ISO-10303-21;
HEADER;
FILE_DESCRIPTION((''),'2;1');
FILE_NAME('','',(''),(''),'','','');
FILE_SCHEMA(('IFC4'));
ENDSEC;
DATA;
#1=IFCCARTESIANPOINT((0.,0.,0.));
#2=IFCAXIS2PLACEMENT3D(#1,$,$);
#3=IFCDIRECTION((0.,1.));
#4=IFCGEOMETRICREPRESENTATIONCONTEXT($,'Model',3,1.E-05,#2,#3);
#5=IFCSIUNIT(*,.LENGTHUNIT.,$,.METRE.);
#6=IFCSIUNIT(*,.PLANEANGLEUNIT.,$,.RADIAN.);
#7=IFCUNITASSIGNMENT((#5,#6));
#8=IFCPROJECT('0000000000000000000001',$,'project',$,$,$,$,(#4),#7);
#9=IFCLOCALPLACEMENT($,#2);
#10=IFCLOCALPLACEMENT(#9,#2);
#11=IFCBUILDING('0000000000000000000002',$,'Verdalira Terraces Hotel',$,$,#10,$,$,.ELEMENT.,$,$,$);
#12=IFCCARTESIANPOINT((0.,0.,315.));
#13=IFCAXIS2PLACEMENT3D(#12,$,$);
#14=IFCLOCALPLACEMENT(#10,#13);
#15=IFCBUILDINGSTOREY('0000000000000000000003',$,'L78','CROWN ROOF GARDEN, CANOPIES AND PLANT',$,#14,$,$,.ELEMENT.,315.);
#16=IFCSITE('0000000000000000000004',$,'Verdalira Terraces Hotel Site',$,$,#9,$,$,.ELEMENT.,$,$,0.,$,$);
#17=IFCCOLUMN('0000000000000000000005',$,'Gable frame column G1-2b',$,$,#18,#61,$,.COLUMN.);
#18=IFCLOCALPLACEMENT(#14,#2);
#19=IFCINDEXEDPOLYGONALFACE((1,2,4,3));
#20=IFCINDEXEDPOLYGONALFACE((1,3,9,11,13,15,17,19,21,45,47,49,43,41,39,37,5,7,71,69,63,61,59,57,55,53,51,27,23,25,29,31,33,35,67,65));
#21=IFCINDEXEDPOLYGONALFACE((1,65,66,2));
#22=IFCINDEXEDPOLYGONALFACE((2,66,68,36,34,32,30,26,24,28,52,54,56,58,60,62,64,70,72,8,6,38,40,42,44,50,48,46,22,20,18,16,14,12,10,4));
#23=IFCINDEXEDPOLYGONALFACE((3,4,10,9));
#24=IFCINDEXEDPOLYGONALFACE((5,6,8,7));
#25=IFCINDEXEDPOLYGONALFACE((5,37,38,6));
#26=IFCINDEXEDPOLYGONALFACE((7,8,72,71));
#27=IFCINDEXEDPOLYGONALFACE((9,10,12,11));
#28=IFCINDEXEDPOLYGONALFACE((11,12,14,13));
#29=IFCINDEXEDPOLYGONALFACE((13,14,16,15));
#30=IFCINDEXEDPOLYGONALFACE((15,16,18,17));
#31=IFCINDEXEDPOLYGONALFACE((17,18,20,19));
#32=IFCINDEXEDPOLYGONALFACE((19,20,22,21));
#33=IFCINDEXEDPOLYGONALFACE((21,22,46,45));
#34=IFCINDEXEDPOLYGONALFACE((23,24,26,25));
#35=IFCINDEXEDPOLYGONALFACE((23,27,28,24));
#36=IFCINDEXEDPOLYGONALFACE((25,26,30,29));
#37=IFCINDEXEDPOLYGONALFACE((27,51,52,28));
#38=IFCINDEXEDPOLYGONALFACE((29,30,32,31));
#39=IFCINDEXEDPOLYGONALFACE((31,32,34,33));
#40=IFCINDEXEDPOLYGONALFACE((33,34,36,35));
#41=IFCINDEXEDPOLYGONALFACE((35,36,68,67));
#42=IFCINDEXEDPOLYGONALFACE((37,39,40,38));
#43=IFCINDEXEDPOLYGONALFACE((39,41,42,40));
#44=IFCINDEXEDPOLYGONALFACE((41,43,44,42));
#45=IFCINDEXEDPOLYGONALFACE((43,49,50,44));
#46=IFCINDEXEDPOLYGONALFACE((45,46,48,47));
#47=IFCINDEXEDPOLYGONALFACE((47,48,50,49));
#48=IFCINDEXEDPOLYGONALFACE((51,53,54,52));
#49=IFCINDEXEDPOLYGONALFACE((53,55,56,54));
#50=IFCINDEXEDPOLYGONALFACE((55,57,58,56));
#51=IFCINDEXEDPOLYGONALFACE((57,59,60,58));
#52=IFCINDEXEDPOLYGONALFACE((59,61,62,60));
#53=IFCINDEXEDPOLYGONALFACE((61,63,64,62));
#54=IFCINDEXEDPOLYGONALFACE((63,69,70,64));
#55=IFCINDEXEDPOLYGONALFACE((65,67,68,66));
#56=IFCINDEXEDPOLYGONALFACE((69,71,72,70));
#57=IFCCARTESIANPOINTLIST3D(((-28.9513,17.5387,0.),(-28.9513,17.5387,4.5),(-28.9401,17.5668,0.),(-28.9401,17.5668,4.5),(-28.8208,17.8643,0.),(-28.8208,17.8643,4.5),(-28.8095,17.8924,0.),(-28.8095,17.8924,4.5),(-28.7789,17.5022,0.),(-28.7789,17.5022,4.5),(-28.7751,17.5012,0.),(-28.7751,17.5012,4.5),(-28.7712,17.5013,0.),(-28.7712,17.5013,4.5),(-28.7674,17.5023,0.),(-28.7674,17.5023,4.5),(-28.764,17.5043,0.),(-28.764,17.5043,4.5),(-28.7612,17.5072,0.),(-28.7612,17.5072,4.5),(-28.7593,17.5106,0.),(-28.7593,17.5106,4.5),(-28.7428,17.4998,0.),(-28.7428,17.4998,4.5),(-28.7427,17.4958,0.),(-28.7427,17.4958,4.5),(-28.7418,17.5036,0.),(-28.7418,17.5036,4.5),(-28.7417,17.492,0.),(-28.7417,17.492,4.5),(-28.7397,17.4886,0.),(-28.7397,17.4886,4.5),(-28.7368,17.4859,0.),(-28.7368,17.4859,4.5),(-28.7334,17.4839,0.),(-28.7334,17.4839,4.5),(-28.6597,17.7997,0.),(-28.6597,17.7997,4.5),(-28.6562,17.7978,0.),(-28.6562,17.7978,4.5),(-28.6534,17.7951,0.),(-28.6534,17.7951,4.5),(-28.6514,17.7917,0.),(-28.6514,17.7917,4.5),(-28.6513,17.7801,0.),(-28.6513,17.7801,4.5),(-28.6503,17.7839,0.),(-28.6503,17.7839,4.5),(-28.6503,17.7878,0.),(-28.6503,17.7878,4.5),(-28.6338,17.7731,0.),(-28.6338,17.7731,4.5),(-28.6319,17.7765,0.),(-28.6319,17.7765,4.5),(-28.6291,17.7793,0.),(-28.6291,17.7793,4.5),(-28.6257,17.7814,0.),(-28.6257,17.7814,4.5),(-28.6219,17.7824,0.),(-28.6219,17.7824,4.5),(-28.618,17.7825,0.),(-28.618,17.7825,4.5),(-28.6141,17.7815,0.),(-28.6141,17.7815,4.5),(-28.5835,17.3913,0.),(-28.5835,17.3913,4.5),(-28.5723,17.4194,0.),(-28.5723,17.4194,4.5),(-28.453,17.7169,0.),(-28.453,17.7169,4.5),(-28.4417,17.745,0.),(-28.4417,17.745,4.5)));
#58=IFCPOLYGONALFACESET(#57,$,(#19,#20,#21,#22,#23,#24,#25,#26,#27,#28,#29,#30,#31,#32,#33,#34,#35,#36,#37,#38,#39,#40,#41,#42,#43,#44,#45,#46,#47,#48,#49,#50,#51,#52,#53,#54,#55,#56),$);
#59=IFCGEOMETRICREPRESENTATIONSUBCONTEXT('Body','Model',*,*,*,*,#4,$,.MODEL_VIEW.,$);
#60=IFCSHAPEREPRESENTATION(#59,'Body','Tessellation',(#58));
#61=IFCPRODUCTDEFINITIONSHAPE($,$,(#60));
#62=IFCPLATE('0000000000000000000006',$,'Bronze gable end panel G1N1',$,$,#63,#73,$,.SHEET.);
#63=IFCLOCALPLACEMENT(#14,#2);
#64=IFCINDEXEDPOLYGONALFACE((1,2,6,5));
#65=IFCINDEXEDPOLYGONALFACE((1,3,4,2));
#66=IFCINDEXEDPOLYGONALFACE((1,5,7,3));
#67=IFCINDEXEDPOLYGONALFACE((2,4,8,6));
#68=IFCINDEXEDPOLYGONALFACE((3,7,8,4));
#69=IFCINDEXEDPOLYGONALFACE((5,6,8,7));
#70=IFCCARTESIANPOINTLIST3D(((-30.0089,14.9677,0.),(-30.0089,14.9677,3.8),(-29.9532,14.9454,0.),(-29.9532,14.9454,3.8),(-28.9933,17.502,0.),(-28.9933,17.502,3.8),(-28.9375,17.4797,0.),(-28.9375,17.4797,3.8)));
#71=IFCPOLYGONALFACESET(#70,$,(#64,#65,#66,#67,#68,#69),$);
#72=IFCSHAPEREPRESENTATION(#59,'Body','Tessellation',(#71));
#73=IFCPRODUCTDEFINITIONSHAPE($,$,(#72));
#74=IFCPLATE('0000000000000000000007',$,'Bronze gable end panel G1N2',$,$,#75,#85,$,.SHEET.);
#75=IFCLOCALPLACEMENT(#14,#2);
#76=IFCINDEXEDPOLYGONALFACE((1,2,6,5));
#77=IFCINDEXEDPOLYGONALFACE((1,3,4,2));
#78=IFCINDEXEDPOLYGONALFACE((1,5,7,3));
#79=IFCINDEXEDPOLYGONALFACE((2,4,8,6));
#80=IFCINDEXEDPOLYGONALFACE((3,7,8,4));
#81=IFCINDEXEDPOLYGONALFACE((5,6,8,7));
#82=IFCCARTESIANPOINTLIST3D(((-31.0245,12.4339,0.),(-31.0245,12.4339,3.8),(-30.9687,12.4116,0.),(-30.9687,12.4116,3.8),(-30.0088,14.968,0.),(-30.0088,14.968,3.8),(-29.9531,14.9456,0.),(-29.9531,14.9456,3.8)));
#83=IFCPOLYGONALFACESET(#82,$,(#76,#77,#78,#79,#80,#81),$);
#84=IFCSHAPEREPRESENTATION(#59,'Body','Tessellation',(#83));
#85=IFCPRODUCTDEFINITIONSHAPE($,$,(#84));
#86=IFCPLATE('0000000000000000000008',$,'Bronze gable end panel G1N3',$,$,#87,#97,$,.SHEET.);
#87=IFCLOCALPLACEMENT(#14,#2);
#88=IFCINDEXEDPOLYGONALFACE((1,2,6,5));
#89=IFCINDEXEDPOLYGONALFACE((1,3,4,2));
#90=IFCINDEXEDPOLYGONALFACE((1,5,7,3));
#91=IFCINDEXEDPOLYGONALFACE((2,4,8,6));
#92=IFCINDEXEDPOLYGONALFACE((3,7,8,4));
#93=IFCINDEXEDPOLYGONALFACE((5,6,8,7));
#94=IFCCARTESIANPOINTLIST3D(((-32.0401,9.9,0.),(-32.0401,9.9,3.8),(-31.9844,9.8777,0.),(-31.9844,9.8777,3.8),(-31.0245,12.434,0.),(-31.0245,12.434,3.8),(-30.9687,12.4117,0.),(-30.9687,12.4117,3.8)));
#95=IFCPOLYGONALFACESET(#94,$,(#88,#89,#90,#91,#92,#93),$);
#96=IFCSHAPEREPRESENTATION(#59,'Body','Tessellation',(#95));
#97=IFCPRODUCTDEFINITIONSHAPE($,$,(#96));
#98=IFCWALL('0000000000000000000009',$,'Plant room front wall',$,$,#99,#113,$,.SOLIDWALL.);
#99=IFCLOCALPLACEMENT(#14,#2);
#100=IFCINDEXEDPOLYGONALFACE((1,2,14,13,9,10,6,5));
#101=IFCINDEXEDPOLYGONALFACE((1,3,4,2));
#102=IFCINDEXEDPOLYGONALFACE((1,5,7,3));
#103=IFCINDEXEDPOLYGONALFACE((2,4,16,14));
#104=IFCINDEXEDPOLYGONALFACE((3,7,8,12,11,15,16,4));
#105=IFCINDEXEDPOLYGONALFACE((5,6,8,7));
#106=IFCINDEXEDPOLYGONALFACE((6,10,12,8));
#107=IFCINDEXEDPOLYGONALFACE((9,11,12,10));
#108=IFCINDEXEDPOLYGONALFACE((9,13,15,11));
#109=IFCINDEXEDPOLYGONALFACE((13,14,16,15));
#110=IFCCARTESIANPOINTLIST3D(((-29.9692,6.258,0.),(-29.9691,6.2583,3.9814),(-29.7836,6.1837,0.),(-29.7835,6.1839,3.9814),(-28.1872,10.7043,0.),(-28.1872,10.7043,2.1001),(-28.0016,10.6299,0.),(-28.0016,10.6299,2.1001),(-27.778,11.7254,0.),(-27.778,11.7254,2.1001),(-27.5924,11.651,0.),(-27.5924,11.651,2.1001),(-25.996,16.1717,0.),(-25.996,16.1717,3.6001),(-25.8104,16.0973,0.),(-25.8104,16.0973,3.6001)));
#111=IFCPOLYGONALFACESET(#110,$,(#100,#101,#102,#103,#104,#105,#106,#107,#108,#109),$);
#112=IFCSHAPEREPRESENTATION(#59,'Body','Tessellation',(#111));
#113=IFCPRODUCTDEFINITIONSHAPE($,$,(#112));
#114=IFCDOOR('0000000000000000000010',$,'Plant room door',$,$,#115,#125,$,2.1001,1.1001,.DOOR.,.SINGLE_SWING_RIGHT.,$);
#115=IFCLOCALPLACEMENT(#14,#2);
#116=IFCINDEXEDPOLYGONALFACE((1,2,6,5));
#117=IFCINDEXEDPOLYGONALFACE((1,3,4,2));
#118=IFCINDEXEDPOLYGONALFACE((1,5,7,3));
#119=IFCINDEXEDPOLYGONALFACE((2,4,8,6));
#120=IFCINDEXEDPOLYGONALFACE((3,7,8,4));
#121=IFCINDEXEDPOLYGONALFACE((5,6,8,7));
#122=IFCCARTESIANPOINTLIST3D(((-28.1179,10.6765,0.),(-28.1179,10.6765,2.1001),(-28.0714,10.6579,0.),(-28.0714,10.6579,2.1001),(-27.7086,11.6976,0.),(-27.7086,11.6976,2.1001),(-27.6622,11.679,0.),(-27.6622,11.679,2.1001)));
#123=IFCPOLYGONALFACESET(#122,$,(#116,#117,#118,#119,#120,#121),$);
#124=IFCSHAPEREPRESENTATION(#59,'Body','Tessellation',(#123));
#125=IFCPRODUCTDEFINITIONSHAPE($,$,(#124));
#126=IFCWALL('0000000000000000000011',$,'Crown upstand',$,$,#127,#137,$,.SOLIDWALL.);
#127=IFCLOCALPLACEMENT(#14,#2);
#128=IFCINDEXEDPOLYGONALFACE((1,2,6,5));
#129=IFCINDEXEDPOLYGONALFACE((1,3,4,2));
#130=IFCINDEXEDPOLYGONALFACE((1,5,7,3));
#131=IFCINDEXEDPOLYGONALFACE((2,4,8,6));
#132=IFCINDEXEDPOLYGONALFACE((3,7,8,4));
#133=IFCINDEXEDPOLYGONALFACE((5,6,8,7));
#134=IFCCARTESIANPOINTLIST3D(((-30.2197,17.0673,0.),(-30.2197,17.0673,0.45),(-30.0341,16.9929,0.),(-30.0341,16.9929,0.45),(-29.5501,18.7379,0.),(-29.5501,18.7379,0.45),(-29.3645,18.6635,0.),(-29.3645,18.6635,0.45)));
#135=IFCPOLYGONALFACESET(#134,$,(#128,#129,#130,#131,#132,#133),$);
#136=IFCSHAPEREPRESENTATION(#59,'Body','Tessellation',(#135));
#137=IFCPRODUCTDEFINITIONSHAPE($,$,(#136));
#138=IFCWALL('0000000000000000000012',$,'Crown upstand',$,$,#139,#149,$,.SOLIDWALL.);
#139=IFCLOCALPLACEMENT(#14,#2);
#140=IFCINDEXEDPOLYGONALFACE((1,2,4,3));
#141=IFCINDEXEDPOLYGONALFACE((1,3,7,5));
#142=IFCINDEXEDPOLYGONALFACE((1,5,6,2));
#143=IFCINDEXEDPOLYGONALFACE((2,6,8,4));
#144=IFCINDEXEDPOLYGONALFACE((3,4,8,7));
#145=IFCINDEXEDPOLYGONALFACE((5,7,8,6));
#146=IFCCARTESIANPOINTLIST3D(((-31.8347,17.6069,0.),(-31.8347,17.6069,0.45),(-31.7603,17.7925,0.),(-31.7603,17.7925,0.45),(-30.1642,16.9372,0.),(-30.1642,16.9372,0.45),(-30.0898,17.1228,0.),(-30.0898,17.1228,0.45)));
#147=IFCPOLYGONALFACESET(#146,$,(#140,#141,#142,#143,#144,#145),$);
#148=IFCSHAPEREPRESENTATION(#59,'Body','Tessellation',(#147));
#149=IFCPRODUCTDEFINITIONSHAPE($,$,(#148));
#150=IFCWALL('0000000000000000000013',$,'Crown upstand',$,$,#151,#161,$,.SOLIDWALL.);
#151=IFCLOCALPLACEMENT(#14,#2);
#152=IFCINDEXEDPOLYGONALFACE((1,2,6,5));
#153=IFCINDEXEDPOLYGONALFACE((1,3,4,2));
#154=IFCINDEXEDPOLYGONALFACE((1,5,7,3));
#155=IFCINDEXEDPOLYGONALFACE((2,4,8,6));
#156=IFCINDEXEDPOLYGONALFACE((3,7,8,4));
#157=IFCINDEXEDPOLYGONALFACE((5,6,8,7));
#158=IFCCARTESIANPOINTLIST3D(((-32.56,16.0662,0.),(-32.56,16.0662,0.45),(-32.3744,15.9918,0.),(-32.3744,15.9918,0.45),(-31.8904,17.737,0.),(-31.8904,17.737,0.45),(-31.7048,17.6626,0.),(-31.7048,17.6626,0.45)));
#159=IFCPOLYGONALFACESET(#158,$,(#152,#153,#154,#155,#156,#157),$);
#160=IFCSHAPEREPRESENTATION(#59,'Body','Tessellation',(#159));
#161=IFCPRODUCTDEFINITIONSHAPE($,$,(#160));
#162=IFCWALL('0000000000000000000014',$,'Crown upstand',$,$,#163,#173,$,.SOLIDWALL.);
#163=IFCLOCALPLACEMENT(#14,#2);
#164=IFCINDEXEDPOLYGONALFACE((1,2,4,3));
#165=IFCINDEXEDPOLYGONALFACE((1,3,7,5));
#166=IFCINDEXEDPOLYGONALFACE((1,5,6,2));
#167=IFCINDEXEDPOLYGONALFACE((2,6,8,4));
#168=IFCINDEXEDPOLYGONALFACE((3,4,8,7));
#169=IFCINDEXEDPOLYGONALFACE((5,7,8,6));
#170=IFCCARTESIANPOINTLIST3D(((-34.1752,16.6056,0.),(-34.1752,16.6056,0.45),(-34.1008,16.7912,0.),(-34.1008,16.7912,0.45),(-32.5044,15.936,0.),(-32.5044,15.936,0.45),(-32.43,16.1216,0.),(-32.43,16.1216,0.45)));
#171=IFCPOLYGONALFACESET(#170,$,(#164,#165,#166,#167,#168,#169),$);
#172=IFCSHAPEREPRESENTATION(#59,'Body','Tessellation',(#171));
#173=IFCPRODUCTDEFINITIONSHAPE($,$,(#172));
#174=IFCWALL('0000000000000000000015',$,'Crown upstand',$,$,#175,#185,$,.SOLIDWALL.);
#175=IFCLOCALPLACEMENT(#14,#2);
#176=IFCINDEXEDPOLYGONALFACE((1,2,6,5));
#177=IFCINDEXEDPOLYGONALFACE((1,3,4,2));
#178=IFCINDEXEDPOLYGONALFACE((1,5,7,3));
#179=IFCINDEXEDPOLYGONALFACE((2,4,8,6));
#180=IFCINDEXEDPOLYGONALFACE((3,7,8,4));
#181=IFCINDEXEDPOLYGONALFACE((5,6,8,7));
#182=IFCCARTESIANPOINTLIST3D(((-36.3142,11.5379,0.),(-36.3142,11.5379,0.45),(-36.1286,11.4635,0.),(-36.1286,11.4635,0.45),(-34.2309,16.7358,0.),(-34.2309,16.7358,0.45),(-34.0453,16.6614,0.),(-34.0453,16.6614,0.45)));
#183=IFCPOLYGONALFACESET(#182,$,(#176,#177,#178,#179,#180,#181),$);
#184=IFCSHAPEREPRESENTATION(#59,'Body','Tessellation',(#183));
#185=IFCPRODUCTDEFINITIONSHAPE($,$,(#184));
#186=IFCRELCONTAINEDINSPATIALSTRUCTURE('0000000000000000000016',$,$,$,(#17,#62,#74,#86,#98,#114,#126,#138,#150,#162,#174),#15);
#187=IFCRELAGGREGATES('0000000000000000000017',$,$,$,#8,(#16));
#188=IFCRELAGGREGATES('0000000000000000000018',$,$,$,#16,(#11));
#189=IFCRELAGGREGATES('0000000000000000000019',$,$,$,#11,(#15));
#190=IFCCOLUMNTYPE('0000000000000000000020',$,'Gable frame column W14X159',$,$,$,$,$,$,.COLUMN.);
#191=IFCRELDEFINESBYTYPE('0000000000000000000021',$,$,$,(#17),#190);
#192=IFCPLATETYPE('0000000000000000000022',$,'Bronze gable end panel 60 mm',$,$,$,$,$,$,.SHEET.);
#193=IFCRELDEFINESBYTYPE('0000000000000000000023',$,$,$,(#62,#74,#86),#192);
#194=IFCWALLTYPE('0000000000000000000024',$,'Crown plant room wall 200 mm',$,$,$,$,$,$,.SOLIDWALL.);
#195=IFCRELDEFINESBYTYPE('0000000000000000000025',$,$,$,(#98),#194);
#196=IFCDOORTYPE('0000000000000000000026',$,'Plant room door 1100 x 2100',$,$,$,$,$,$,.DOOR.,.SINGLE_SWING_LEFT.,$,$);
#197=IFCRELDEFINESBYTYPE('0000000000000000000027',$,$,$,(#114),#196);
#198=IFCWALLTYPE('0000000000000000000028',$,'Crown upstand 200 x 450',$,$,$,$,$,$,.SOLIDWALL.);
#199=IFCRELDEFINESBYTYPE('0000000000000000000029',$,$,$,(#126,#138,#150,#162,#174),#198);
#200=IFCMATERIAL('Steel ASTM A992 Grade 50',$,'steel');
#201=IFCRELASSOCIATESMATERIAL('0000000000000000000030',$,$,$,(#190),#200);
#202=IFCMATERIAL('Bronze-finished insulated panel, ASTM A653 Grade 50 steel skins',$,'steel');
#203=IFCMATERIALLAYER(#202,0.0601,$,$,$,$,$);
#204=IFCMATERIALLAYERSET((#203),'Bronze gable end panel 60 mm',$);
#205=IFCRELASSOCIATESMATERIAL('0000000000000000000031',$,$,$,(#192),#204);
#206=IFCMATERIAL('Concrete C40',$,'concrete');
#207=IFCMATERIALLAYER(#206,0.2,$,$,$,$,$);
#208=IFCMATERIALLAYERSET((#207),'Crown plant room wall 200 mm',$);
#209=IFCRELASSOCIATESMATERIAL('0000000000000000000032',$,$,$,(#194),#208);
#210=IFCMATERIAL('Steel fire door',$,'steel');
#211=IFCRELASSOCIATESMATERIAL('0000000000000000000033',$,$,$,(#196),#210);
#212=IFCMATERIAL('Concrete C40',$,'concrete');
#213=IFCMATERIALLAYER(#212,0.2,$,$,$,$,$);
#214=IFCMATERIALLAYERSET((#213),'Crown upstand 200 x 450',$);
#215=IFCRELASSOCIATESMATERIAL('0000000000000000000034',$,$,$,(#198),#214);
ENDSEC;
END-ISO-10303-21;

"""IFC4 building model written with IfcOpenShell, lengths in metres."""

from ifc_helpers import new_model, si_unit, direction, frame, frame_2d, origin, origin_2d, place, context, subcontext, project, spatial, polyline, rectangle, i_section, outline, extrude, material, layer, layer_set, material_profile, profile_set, type_object, element, fill, save


model = new_model("IFC4")

# Units and contexts
model_context = context("Model", 3, precision=1e-05, world=origin(), true_north=direction((0.0, 1.0)))
body_context = subcontext(model_context, "Body", "Model", "MODEL_VIEW")
ifc_project = project(units=[si_unit("LENGTHUNIT", "METRE"), si_unit("PLANEANGLEUNIT", "RADIAN")], contexts=[model_context])

# Site, building, storey
site_placement = place(None, origin())
site = spatial("IfcSite", under=ifc_project, at=site_placement, Name="Verdalira Terraces Hotel Site", CompositionType="ELEMENT", RefElevation=0.0)
building_placement = place(site_placement, origin())
building = spatial("IfcBuilding", under=site, at=building_placement, Name="Verdalira Terraces Hotel", CompositionType="ELEMENT")
storey_placement = place(building_placement, frame((0.0, 0.0, 315.0)))
storey = spatial("IfcBuildingStorey", under=building, at=storey_placement, Name="L78", Description="CROWN ROOF GARDEN, CANOPIES AND PLANT", CompositionType="ELEMENT", Elevation=315.0)

# Column
ifc_material_1 = material(Name="Steel ASTM A992 Grade 50", Category="steel")
ifc_material_profile = material_profile(ifc_material_1, i_section(OverallWidth=0.3962, OverallDepth=0.3811, WebThickness=0.0188, FlangeThickness=0.0303, FilletRadius=0.0151, at=origin_2d()), Name="W14X159")
ifc_profile_set = profile_set([ifc_material_profile], Name="Steel ASTM A992 Grade 50")
column_type = type_object("IfcColumnType", Name="Gable frame column W14X159", PredefinedType="COLUMN", material=ifc_profile_set)
column_placement = place(storey_placement, frame((-28.6965, 17.6418, 0.0), z_axis=(0.0, 0.0, 1.0), x_axis=(-0.928226, 0.372016, 0.0)))
element("IfcColumn", 1, at=column_placement, inside=storey, type_object=column_type, Name="Gable frame column G1-2b", PredefinedType="COLUMN", context=body_context, shape_type="SweptSolid", body=[
    extrude(i_section(OverallWidth=0.3962, OverallDepth=0.3811, WebThickness=0.0188, FlangeThickness=0.0303, FilletRadius=0.0151, at=origin_2d()), origin(), (0.0, 0.0, 1.0), 4.5),
])

# Plates
ifc_material_2 = material(Name="Bronze-finished insulated panel, ASTM A653 Grade 50 steel skins", Category="steel")
ifc_layer_1 = layer(ifc_material_2, 0.0601)
ifc_layer_set_1 = layer_set([ifc_layer_1], Name="Bronze gable end panel 60 mm")
plate_type = type_object("IfcPlateType", Name="Bronze gable end panel 60 mm", PredefinedType="SHEET", material=ifc_layer_set_1)
plate_placement = place(storey_placement, frame((-28.9653, 17.491, 0.0), z_axis=(0.0, 0.0, 1.0), x_axis=(-0.372007, -0.92823, 0.0)))
element("IfcPlate", 2, at=plate_placement, inside=storey, type_object=plate_type, Name="Bronze gable end panel G1N1", PredefinedType="SHEET", context=body_context, shape_type="SweptSolid", body=[
    extrude(rectangle(XDim=2.7302, YDim=0.0601, at=frame_2d((1.3652, 0.0))), origin(), (0.0, 0.0, 1.0), 3.8),
])
for number, where, z_axis, x_axis, name in (
    (3, (-29.981, 14.9568, 0.0), (0.0, 0.0, 1.0), (-0.372038, -0.928217, 0.0), "Bronze gable end panel G1N2"),
    (4, (-30.9966, 12.4229, 0.0), (0.0, 0.0, 1.0), (-0.372038, -0.928217, 0.0), "Bronze gable end panel G1N3"),
):
    element("IfcPlate", number, at=place(storey_placement, frame(where, z_axis=z_axis, x_axis=x_axis)), inside=storey, type_object=plate_type, Name=name, PredefinedType="SHEET", context=body_context, shape_type="SweptSolid", body=[
        extrude(rectangle(XDim=2.73, YDim=0.0601, at=frame_2d((1.365, 0.0))), origin(), (0.0, 0.0, 1.0), 3.8),
    ])

# Wall, opening, door
ifc_material_3 = material(Name="Concrete C40", Category="concrete")
ifc_layer_2 = layer(ifc_material_3, 0.2)
ifc_layer_set_2 = layer_set([ifc_layer_2], Name="Crown plant room wall 200 mm")
wall_type_1 = type_object("IfcWallType", Name="Crown plant room wall 200 mm", PredefinedType="SOLIDWALL", material=ifc_layer_set_2)
wall_1_placement = place(storey_placement, frame((-25.9033, 16.1345, 0.0), z_axis=(0.0, 0.0, 1.0), x_axis=(-0.372013, -0.928227, 0.0)))
wall_1 = element("IfcWall", 5, at=wall_1_placement, inside=storey, type_object=wall_type_1, Name="Plant room front wall", PredefinedType="SOLIDWALL", context=body_context, shape_type="SweptSolid", body=[
    extrude(outline(polyline([(0.0, 0.0), (10.6802, 0.0), (10.6799, 3.9814), (0.0, 3.6001), (0.0, 0.0)])), frame((0.0, 0.1001, 0.0), z_axis=(0.0, -1.0, 0.0), x_axis=(1.0, 0.0, 0.0)), (0.0, 0.0, 1.0), 0.2),
])
opening_placement = place(wall_1_placement, frame((4.79, 0.0, 0.0)))
opening = element("IfcOpeningElement", 6, at=opening_placement, cuts=wall_1, PredefinedType="OPENING", context=body_context, shape_type="SweptSolid", body=[
    extrude(rectangle(XDim=1.1001, YDim=2.1001, at=frame_2d((0.55, 1.05))), frame((0.0, 0.1099, 0.0), z_axis=(0.0, -1.0, 0.0), x_axis=(1.0, 0.0, 0.0)), (0.0, 0.0, 1.0), 0.22),
])
ifc_material_4 = material(Name="Steel fire door", Category="steel")
door_type = type_object("IfcDoorType", Name="Plant room door 1100 x 2100", OperationType="SINGLE_SWING_LEFT", PredefinedType="DOOR", material=ifc_material_4)
door_placement = place(opening_placement, origin())
door = element("IfcDoor", 7, at=door_placement, inside=storey, type_object=door_type, Name="Plant room door", OperationType="SINGLE_SWING_RIGHT", OverallHeight=2.1001, OverallWidth=1.1001, PredefinedType="DOOR", context=body_context, shape_type="SweptSolid", body=[
    extrude(rectangle(XDim=1.1001, YDim=2.1001, at=frame_2d((0.55, 1.05))), frame((0.0, 0.0249, 0.0), z_axis=(0.0, -1.0, 0.0), x_axis=(1.0, 0.0, 0.0)), (0.0, 0.0, 1.0), 0.05),
])
fill(opening, door)

# Walls
ifc_material_5 = material(Name="Concrete C40", Category="concrete")
ifc_layer_3 = layer(ifc_material_5, 0.2)
ifc_layer_set_3 = layer_set([ifc_layer_3], Name="Crown upstand 200 x 450")
wall_type_2 = type_object("IfcWallType", Name="Crown upstand 200 x 450", PredefinedType="SOLIDWALL", material=ifc_layer_set_3)
for number, where, z_axis, x_axis, name in (
    (8, (-29.4573, 18.7007, 0.0), (0.0, 0.0, 1.0), (-0.372069, -0.928205, 0.0), "Crown upstand"),
    (9, (-30.127, 17.03, 0.0), (0.0, 0.0, 1.0), (-0.928205, 0.372069, 0.0), "Crown upstand"),
):
    element("IfcWall", number, at=place(storey_placement, frame(where, z_axis=z_axis, x_axis=x_axis)), inside=storey, type_object=wall_type_2, Name=name, PredefinedType="SOLIDWALL", context=body_context, shape_type="SweptSolid", body=[
        extrude(rectangle(XDim=1.7998, YDim=0.2, at=frame_2d((0.8999, 0.0))), origin(), (0.0, 0.0, 1.0), 0.45),
    ])
for number, where, z_axis, x_axis, name in (
    (10, (-31.7976, 17.6997, 0.0), (0.0, 0.0, 1.0), (-0.372022, -0.928224, 0.0), "Crown upstand"),
    (11, (-32.4673, 16.0288, 0.0), (0.0, 0.0, 1.0), (-0.928224, 0.372022, 0.0), "Crown upstand"),
):
    element("IfcWall", number, at=place(storey_placement, frame(where, z_axis=z_axis, x_axis=x_axis)), inside=storey, type_object=wall_type_2, Name=name, PredefinedType="SOLIDWALL", context=body_context, shape_type="SweptSolid", body=[
        extrude(rectangle(XDim=1.8, YDim=0.2, at=frame_2d((0.8999, 0.0))), origin(), (0.0, 0.0, 1.0), 0.45),
    ])
wall_2_placement = place(storey_placement, frame((-34.1382, 16.6985, 0.0), z_axis=(0.0, 0.0, 1.0), x_axis=(-0.372014, -0.928227, 0.0)))
element("IfcWall", 12, at=wall_2_placement, inside=storey, type_object=wall_type_2, Name="Crown upstand", PredefinedType="SOLIDWALL", context=body_context, shape_type="SweptSolid", body=[
    extrude(rectangle(XDim=5.5999, YDim=0.2, at=frame_2d((2.7998, 0.0))), origin(), (0.0, 0.0, 1.0), 0.45),
])

save(model, "model.ifc")
